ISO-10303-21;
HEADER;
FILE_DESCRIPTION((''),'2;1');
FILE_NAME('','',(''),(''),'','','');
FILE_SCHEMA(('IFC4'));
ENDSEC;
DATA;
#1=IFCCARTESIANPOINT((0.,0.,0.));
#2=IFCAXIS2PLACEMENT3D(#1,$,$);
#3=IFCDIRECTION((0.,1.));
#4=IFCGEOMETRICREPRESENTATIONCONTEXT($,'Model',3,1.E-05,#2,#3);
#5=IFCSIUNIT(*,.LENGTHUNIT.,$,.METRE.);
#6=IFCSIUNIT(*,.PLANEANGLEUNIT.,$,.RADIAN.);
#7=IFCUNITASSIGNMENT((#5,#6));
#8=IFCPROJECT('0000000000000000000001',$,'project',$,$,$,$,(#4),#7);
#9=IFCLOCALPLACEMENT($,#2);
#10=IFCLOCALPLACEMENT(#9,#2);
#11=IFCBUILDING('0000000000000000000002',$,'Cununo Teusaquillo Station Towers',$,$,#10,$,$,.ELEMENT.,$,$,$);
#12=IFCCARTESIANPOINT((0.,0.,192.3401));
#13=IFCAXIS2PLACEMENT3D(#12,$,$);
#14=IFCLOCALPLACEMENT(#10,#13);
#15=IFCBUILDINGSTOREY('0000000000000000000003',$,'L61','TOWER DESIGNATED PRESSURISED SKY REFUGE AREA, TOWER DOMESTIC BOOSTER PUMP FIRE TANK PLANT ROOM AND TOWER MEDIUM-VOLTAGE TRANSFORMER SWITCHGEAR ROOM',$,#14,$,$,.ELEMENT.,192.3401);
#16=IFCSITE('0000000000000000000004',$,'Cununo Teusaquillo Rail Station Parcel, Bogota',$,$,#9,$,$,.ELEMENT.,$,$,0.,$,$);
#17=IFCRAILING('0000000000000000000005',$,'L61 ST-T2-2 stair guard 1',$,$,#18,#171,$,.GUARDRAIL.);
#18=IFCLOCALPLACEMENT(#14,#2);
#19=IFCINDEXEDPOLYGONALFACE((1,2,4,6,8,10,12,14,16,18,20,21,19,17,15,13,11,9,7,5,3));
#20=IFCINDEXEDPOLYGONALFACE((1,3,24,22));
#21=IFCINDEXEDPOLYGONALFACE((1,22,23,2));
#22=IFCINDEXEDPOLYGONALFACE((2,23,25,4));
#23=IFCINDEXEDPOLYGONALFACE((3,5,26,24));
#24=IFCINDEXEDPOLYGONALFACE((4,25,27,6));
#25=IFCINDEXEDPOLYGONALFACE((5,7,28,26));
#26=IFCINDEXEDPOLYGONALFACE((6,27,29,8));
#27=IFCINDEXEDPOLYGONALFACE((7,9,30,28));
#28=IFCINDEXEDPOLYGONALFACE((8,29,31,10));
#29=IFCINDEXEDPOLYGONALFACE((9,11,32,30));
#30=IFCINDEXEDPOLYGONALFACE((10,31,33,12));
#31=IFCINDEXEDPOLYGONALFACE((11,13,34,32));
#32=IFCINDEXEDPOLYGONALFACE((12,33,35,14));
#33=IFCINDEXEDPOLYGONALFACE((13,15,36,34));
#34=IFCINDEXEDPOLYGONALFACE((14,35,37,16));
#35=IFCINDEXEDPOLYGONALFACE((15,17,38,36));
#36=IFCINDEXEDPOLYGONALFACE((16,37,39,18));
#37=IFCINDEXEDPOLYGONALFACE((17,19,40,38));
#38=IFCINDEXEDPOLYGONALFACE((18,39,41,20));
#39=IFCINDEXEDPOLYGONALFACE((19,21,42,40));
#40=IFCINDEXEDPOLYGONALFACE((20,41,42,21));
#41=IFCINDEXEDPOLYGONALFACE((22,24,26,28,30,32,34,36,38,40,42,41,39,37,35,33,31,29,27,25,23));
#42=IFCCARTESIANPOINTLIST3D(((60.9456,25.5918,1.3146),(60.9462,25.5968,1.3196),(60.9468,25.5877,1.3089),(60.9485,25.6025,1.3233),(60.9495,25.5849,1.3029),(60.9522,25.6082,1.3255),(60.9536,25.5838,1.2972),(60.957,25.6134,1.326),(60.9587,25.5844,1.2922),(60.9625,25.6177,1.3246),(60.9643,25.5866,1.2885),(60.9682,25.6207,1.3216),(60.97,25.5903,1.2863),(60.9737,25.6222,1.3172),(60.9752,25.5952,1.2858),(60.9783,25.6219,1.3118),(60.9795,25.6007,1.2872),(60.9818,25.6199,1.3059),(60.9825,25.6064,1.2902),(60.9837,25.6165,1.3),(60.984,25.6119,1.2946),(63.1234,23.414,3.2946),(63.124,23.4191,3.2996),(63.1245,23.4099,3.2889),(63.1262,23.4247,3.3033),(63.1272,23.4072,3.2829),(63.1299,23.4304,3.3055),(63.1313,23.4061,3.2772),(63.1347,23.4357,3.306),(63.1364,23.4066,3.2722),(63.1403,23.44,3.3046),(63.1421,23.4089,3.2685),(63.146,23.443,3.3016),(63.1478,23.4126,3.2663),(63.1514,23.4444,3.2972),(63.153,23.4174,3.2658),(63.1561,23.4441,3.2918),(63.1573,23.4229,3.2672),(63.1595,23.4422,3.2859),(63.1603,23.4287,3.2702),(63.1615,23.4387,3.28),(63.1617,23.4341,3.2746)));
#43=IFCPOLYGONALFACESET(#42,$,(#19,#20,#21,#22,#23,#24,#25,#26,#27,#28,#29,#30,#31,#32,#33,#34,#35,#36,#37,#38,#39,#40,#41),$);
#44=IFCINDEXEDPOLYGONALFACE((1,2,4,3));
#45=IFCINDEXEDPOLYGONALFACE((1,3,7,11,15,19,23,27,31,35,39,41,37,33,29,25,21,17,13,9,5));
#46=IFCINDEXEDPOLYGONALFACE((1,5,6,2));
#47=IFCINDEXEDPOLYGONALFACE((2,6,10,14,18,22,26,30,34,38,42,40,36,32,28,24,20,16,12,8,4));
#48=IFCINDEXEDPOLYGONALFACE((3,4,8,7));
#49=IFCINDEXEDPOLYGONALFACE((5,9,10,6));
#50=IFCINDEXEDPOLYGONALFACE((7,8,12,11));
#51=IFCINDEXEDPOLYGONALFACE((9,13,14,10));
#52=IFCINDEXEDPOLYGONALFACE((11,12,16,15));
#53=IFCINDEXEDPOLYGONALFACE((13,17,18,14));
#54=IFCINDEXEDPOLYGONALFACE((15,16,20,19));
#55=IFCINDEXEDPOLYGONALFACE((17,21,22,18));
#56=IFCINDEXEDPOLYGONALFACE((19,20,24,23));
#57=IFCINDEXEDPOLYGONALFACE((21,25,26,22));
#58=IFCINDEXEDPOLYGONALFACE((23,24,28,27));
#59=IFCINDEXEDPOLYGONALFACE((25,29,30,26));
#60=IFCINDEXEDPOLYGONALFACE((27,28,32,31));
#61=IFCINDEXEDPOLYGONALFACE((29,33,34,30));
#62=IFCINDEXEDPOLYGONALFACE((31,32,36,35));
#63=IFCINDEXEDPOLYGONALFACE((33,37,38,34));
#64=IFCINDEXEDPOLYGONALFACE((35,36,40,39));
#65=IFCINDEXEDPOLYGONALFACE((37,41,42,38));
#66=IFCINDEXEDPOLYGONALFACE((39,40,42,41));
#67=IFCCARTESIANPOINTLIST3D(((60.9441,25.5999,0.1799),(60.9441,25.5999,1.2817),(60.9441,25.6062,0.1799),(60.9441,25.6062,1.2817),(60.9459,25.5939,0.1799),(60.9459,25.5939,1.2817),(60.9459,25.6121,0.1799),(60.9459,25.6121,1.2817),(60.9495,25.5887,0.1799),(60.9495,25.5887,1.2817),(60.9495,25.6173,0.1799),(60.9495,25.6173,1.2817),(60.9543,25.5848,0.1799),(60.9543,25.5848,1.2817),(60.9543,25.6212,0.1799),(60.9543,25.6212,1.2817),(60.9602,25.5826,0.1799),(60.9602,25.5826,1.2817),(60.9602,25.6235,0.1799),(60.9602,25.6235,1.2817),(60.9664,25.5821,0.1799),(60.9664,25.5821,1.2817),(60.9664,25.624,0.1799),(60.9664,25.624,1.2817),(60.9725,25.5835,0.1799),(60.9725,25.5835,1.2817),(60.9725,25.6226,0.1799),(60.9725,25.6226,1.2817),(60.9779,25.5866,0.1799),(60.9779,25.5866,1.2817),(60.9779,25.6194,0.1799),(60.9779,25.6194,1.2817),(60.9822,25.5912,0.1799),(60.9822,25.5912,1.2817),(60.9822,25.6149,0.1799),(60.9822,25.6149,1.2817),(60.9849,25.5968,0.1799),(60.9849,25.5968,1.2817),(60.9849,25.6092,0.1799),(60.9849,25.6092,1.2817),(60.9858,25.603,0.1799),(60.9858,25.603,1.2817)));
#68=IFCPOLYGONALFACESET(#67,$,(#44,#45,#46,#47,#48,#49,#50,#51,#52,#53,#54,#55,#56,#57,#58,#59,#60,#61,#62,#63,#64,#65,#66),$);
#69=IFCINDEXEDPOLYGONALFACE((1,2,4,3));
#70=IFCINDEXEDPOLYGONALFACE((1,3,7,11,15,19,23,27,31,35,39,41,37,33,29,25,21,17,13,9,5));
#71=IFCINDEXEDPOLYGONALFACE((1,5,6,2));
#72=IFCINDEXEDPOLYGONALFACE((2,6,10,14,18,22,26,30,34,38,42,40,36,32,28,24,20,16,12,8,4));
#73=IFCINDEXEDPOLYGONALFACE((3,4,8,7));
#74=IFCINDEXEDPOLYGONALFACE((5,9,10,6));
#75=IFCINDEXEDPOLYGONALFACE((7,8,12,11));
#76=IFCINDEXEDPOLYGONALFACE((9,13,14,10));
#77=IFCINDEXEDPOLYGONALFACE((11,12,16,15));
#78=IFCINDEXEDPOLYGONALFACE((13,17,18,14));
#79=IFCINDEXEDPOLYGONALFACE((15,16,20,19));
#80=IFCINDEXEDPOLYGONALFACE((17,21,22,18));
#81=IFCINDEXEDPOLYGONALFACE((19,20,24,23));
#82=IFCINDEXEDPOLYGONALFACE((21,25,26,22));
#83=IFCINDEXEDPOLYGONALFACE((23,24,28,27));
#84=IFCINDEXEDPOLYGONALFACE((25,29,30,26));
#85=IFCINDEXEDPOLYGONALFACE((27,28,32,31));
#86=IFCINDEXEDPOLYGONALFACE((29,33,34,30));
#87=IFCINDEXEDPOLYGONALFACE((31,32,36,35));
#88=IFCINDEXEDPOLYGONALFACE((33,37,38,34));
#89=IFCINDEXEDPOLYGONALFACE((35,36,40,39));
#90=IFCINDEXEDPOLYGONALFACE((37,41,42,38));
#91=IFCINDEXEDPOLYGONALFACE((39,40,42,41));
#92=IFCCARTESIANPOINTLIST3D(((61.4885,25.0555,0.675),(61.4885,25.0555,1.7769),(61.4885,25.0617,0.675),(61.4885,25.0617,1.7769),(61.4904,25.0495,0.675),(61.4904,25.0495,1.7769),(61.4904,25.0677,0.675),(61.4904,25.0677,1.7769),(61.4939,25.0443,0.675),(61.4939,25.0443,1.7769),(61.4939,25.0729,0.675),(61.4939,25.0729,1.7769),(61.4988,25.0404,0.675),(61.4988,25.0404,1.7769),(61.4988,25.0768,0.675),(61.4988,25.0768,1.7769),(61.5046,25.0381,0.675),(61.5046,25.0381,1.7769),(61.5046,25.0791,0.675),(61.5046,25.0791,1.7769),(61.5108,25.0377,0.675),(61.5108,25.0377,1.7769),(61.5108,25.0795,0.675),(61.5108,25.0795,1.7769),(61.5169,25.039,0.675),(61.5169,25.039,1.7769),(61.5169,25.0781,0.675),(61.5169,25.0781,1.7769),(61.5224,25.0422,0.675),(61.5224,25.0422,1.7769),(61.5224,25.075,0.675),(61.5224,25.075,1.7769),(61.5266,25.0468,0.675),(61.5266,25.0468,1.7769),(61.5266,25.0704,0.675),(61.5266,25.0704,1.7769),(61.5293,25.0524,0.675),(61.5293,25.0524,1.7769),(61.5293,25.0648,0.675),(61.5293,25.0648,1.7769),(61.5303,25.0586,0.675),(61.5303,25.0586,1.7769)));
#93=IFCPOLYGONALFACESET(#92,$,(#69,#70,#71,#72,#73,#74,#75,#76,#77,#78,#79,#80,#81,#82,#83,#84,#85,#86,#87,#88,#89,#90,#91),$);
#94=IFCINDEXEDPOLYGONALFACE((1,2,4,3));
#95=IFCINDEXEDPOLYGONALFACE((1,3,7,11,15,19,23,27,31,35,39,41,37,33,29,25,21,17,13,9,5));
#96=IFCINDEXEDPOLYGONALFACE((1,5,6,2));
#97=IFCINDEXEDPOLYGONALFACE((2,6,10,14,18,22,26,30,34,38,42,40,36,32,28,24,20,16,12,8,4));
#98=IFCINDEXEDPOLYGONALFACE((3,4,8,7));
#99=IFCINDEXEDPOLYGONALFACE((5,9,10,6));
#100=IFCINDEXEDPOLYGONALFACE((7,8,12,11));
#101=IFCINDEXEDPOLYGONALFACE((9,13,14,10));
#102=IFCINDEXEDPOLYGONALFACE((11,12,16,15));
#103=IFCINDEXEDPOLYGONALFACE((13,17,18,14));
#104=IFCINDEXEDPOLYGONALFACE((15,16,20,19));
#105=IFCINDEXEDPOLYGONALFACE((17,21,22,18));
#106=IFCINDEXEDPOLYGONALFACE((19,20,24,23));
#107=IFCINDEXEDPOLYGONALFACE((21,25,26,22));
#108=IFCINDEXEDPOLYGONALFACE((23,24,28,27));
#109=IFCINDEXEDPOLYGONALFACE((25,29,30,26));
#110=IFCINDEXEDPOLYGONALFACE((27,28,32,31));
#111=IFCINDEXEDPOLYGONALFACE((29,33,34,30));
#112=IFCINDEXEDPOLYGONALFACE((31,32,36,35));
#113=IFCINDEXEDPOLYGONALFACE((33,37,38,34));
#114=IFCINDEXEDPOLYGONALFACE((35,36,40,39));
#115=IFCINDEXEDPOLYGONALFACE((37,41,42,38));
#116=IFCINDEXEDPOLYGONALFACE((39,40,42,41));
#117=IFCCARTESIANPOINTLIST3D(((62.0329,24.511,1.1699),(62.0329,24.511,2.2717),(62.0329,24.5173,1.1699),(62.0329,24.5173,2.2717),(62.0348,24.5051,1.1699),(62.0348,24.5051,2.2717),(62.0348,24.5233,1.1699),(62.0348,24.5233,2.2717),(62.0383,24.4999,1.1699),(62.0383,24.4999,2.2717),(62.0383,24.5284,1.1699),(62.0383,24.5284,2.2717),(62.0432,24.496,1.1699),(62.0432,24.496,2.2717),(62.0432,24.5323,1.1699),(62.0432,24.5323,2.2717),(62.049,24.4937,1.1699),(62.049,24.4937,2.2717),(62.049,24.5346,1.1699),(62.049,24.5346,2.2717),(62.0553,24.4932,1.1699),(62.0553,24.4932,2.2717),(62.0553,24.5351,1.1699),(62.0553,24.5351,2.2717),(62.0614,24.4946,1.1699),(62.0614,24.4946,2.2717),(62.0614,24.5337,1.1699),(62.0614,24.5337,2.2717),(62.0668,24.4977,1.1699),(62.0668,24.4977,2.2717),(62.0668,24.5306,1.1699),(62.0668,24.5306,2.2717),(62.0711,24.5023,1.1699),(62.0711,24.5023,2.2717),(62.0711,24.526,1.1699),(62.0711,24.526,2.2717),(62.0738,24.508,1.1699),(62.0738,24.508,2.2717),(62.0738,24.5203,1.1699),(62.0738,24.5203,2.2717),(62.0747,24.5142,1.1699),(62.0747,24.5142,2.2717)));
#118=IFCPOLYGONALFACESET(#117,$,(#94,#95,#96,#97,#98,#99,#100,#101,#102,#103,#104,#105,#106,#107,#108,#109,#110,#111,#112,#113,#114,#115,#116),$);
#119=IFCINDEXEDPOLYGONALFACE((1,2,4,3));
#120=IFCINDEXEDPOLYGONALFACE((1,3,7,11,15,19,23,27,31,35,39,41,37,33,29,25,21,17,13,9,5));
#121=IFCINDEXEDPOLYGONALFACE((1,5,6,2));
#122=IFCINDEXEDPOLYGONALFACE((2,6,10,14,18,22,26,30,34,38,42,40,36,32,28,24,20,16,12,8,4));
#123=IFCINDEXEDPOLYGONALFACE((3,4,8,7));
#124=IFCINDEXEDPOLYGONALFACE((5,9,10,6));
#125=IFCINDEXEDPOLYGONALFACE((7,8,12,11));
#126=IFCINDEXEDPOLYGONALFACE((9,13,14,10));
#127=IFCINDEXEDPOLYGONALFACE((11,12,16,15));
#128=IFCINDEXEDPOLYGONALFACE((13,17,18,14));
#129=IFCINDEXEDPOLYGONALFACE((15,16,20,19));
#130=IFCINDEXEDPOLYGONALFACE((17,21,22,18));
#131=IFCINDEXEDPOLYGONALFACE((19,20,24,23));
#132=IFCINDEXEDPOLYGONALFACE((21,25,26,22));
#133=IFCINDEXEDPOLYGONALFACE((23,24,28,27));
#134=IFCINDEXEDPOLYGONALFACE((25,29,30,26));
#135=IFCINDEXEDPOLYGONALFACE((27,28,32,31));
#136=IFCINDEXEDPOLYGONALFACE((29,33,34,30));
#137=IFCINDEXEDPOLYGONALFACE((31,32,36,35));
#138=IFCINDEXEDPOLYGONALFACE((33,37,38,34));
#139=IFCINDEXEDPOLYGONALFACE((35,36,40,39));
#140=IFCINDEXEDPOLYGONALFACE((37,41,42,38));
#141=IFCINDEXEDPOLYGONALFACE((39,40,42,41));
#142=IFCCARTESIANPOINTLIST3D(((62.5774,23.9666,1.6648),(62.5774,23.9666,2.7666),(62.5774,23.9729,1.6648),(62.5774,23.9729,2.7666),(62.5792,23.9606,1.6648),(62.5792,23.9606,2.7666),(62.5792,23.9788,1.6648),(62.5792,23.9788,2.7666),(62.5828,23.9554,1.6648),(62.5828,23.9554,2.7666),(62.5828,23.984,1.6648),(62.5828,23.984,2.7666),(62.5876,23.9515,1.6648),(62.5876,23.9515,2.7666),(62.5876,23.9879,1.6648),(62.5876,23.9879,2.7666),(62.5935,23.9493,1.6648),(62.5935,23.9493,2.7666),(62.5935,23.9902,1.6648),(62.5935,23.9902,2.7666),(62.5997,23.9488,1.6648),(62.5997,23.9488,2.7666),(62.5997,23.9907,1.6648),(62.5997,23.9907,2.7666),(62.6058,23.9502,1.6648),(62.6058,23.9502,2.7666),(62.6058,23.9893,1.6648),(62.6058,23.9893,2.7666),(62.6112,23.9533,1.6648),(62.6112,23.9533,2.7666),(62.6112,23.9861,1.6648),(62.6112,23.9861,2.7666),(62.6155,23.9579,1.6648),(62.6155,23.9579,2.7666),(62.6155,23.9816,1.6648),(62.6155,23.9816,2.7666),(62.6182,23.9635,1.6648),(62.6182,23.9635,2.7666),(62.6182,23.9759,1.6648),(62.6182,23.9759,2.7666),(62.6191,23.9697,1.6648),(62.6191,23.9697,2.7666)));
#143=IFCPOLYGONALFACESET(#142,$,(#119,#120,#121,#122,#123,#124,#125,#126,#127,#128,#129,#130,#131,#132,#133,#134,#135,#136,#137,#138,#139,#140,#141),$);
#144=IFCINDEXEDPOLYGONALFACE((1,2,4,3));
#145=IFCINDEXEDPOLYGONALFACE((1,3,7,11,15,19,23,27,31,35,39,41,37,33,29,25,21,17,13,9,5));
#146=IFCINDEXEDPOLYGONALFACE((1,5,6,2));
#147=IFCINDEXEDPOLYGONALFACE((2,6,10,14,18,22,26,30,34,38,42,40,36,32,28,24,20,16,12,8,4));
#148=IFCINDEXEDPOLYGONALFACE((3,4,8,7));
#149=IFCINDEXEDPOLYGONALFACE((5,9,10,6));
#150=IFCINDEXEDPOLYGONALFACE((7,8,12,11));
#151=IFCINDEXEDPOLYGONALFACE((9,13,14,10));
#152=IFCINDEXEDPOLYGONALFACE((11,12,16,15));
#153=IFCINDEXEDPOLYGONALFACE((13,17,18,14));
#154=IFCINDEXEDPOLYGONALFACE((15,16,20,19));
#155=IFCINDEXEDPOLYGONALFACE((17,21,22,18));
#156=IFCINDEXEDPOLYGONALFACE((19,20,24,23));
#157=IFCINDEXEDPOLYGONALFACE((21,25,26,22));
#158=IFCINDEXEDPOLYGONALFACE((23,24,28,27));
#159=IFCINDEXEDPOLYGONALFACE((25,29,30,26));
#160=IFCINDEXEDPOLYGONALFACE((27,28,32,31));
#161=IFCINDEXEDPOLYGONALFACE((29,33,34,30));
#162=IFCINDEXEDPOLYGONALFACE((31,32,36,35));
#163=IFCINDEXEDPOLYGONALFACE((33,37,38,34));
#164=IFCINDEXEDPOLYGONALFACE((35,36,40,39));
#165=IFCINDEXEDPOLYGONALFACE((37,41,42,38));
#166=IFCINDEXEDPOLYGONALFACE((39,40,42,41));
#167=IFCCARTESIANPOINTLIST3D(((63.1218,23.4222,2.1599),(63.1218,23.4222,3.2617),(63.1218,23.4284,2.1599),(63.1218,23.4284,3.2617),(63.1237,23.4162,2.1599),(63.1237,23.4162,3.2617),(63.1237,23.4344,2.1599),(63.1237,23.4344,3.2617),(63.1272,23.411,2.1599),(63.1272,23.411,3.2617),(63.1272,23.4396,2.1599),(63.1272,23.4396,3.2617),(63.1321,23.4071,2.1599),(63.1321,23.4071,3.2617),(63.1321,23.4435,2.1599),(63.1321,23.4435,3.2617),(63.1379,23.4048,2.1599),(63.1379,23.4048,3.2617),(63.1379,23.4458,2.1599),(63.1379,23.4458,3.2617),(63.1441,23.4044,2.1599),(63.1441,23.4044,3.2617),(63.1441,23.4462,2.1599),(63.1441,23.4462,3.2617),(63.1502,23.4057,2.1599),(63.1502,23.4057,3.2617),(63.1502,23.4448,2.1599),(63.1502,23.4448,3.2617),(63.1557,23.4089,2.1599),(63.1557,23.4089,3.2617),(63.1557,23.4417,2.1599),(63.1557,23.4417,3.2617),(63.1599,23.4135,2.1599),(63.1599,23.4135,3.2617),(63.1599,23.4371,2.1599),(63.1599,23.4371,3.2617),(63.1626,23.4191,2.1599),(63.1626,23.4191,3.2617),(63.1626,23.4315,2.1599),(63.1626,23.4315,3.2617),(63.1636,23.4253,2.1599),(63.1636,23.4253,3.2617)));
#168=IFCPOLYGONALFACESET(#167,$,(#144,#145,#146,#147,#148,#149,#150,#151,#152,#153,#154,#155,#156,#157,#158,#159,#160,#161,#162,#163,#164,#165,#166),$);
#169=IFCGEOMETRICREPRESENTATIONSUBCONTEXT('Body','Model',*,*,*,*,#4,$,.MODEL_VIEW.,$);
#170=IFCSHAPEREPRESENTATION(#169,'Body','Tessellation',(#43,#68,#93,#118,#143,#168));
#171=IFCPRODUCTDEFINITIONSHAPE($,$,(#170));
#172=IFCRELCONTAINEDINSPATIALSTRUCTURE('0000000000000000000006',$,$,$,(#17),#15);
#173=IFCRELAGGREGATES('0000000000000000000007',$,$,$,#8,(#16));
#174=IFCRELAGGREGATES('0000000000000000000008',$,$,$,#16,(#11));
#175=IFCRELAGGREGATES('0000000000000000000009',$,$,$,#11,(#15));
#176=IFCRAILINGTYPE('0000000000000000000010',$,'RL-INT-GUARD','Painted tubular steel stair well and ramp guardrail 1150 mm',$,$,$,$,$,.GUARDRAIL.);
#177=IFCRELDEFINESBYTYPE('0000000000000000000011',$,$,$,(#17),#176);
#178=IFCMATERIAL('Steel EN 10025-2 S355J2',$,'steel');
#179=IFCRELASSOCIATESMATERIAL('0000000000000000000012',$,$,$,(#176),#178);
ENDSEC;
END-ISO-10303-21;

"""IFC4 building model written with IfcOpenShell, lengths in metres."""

from ifc_helpers import new_model, si_unit, direction, frame, origin, origin_2d, place, context, subcontext, project, spatial, circle, extrude, material, type_object, element, save


model = new_model("IFC4")

# Units and contexts
model_context = context("Model", 3, precision=1e-05, world=origin(), true_north=direction((0.0, 1.0)))
body_context = subcontext(model_context, "Body", "Model", "MODEL_VIEW")
ifc_project = project(units=[si_unit("LENGTHUNIT", "METRE"), si_unit("PLANEANGLEUNIT", "RADIAN")], contexts=[model_context])

# Site, building, storey
site_placement = place(None, origin())
site = spatial("IfcSite", under=ifc_project, at=site_placement, Name="Cununo Teusaquillo Rail Station Parcel, Bogota", CompositionType="ELEMENT", RefElevation=0.0)
building_placement = place(site_placement, origin())
building = spatial("IfcBuilding", under=site, at=building_placement, Name="Cununo Teusaquillo Station Towers", CompositionType="ELEMENT")
storey_placement = place(building_placement, frame((0.0, 0.0, 192.3401)))
storey = spatial("IfcBuildingStorey", under=building, at=storey_placement, Name="L61", Description="TOWER DESIGNATED PRESSURISED SKY REFUGE AREA, TOWER DOMESTIC BOOSTER PUMP FIRE TANK PLANT ROOM AND TOWER MEDIUM-VOLTAGE TRANSFORMER SWITCHGEAR ROOM", CompositionType="ELEMENT", Elevation=192.3401)

# Railing
ifc_material_1 = material(Name="Steel EN 10025-2 S355J2", Category="steel")
railing_type_1 = type_object("IfcRailingType", Name="RL-INT-GUARD", Description="Painted tubular steel stair well and ramp guardrail 1150 mm", PredefinedType="GUARDRAIL", material=ifc_material_1)
railing_1_placement = place(storey_placement, frame((60.9648, 25.603, 0.1799)))
element("IfcRailing", 1, at=railing_1_placement, inside=storey, type_object=railing_type_1, Name="L61 ST-T2-2 stair guard 1", PredefinedType="GUARDRAIL", context=body_context, shape_type="SweptSolid", body=[
    extrude(circle(Radius=0.0239, at=origin_2d()), frame((0.0, 0.0, 1.126), z_axis=(0.594792, -0.594792, 0.540781), x_axis=(0.707107, 0.707107, 0.0)), (0.0, 0.0, 1.0), 3.6614),
    extrude(circle(Radius=0.021, at=origin_2d()), origin(), (0.0, 0.0, 1.0), 1.1018),
    extrude(circle(Radius=0.021, at=origin_2d()), frame((0.5444, -0.5444, 0.4951)), (0.0, 0.0, 1.0), 1.1018),
    extrude(circle(Radius=0.021, at=origin_2d()), frame((1.0889, -1.0889, 0.99)), (0.0, 0.0, 1.0), 1.1018),
    extrude(circle(Radius=0.021, at=origin_2d()), frame((1.6333, -1.6333, 1.4849)), (0.0, 0.0, 1.0), 1.1018),
    extrude(circle(Radius=0.021, at=origin_2d()), frame((2.1777, -2.1777, 1.98)), (0.0, 0.0, 1.0), 1.1018),
])

save(model, "model.ifc")
